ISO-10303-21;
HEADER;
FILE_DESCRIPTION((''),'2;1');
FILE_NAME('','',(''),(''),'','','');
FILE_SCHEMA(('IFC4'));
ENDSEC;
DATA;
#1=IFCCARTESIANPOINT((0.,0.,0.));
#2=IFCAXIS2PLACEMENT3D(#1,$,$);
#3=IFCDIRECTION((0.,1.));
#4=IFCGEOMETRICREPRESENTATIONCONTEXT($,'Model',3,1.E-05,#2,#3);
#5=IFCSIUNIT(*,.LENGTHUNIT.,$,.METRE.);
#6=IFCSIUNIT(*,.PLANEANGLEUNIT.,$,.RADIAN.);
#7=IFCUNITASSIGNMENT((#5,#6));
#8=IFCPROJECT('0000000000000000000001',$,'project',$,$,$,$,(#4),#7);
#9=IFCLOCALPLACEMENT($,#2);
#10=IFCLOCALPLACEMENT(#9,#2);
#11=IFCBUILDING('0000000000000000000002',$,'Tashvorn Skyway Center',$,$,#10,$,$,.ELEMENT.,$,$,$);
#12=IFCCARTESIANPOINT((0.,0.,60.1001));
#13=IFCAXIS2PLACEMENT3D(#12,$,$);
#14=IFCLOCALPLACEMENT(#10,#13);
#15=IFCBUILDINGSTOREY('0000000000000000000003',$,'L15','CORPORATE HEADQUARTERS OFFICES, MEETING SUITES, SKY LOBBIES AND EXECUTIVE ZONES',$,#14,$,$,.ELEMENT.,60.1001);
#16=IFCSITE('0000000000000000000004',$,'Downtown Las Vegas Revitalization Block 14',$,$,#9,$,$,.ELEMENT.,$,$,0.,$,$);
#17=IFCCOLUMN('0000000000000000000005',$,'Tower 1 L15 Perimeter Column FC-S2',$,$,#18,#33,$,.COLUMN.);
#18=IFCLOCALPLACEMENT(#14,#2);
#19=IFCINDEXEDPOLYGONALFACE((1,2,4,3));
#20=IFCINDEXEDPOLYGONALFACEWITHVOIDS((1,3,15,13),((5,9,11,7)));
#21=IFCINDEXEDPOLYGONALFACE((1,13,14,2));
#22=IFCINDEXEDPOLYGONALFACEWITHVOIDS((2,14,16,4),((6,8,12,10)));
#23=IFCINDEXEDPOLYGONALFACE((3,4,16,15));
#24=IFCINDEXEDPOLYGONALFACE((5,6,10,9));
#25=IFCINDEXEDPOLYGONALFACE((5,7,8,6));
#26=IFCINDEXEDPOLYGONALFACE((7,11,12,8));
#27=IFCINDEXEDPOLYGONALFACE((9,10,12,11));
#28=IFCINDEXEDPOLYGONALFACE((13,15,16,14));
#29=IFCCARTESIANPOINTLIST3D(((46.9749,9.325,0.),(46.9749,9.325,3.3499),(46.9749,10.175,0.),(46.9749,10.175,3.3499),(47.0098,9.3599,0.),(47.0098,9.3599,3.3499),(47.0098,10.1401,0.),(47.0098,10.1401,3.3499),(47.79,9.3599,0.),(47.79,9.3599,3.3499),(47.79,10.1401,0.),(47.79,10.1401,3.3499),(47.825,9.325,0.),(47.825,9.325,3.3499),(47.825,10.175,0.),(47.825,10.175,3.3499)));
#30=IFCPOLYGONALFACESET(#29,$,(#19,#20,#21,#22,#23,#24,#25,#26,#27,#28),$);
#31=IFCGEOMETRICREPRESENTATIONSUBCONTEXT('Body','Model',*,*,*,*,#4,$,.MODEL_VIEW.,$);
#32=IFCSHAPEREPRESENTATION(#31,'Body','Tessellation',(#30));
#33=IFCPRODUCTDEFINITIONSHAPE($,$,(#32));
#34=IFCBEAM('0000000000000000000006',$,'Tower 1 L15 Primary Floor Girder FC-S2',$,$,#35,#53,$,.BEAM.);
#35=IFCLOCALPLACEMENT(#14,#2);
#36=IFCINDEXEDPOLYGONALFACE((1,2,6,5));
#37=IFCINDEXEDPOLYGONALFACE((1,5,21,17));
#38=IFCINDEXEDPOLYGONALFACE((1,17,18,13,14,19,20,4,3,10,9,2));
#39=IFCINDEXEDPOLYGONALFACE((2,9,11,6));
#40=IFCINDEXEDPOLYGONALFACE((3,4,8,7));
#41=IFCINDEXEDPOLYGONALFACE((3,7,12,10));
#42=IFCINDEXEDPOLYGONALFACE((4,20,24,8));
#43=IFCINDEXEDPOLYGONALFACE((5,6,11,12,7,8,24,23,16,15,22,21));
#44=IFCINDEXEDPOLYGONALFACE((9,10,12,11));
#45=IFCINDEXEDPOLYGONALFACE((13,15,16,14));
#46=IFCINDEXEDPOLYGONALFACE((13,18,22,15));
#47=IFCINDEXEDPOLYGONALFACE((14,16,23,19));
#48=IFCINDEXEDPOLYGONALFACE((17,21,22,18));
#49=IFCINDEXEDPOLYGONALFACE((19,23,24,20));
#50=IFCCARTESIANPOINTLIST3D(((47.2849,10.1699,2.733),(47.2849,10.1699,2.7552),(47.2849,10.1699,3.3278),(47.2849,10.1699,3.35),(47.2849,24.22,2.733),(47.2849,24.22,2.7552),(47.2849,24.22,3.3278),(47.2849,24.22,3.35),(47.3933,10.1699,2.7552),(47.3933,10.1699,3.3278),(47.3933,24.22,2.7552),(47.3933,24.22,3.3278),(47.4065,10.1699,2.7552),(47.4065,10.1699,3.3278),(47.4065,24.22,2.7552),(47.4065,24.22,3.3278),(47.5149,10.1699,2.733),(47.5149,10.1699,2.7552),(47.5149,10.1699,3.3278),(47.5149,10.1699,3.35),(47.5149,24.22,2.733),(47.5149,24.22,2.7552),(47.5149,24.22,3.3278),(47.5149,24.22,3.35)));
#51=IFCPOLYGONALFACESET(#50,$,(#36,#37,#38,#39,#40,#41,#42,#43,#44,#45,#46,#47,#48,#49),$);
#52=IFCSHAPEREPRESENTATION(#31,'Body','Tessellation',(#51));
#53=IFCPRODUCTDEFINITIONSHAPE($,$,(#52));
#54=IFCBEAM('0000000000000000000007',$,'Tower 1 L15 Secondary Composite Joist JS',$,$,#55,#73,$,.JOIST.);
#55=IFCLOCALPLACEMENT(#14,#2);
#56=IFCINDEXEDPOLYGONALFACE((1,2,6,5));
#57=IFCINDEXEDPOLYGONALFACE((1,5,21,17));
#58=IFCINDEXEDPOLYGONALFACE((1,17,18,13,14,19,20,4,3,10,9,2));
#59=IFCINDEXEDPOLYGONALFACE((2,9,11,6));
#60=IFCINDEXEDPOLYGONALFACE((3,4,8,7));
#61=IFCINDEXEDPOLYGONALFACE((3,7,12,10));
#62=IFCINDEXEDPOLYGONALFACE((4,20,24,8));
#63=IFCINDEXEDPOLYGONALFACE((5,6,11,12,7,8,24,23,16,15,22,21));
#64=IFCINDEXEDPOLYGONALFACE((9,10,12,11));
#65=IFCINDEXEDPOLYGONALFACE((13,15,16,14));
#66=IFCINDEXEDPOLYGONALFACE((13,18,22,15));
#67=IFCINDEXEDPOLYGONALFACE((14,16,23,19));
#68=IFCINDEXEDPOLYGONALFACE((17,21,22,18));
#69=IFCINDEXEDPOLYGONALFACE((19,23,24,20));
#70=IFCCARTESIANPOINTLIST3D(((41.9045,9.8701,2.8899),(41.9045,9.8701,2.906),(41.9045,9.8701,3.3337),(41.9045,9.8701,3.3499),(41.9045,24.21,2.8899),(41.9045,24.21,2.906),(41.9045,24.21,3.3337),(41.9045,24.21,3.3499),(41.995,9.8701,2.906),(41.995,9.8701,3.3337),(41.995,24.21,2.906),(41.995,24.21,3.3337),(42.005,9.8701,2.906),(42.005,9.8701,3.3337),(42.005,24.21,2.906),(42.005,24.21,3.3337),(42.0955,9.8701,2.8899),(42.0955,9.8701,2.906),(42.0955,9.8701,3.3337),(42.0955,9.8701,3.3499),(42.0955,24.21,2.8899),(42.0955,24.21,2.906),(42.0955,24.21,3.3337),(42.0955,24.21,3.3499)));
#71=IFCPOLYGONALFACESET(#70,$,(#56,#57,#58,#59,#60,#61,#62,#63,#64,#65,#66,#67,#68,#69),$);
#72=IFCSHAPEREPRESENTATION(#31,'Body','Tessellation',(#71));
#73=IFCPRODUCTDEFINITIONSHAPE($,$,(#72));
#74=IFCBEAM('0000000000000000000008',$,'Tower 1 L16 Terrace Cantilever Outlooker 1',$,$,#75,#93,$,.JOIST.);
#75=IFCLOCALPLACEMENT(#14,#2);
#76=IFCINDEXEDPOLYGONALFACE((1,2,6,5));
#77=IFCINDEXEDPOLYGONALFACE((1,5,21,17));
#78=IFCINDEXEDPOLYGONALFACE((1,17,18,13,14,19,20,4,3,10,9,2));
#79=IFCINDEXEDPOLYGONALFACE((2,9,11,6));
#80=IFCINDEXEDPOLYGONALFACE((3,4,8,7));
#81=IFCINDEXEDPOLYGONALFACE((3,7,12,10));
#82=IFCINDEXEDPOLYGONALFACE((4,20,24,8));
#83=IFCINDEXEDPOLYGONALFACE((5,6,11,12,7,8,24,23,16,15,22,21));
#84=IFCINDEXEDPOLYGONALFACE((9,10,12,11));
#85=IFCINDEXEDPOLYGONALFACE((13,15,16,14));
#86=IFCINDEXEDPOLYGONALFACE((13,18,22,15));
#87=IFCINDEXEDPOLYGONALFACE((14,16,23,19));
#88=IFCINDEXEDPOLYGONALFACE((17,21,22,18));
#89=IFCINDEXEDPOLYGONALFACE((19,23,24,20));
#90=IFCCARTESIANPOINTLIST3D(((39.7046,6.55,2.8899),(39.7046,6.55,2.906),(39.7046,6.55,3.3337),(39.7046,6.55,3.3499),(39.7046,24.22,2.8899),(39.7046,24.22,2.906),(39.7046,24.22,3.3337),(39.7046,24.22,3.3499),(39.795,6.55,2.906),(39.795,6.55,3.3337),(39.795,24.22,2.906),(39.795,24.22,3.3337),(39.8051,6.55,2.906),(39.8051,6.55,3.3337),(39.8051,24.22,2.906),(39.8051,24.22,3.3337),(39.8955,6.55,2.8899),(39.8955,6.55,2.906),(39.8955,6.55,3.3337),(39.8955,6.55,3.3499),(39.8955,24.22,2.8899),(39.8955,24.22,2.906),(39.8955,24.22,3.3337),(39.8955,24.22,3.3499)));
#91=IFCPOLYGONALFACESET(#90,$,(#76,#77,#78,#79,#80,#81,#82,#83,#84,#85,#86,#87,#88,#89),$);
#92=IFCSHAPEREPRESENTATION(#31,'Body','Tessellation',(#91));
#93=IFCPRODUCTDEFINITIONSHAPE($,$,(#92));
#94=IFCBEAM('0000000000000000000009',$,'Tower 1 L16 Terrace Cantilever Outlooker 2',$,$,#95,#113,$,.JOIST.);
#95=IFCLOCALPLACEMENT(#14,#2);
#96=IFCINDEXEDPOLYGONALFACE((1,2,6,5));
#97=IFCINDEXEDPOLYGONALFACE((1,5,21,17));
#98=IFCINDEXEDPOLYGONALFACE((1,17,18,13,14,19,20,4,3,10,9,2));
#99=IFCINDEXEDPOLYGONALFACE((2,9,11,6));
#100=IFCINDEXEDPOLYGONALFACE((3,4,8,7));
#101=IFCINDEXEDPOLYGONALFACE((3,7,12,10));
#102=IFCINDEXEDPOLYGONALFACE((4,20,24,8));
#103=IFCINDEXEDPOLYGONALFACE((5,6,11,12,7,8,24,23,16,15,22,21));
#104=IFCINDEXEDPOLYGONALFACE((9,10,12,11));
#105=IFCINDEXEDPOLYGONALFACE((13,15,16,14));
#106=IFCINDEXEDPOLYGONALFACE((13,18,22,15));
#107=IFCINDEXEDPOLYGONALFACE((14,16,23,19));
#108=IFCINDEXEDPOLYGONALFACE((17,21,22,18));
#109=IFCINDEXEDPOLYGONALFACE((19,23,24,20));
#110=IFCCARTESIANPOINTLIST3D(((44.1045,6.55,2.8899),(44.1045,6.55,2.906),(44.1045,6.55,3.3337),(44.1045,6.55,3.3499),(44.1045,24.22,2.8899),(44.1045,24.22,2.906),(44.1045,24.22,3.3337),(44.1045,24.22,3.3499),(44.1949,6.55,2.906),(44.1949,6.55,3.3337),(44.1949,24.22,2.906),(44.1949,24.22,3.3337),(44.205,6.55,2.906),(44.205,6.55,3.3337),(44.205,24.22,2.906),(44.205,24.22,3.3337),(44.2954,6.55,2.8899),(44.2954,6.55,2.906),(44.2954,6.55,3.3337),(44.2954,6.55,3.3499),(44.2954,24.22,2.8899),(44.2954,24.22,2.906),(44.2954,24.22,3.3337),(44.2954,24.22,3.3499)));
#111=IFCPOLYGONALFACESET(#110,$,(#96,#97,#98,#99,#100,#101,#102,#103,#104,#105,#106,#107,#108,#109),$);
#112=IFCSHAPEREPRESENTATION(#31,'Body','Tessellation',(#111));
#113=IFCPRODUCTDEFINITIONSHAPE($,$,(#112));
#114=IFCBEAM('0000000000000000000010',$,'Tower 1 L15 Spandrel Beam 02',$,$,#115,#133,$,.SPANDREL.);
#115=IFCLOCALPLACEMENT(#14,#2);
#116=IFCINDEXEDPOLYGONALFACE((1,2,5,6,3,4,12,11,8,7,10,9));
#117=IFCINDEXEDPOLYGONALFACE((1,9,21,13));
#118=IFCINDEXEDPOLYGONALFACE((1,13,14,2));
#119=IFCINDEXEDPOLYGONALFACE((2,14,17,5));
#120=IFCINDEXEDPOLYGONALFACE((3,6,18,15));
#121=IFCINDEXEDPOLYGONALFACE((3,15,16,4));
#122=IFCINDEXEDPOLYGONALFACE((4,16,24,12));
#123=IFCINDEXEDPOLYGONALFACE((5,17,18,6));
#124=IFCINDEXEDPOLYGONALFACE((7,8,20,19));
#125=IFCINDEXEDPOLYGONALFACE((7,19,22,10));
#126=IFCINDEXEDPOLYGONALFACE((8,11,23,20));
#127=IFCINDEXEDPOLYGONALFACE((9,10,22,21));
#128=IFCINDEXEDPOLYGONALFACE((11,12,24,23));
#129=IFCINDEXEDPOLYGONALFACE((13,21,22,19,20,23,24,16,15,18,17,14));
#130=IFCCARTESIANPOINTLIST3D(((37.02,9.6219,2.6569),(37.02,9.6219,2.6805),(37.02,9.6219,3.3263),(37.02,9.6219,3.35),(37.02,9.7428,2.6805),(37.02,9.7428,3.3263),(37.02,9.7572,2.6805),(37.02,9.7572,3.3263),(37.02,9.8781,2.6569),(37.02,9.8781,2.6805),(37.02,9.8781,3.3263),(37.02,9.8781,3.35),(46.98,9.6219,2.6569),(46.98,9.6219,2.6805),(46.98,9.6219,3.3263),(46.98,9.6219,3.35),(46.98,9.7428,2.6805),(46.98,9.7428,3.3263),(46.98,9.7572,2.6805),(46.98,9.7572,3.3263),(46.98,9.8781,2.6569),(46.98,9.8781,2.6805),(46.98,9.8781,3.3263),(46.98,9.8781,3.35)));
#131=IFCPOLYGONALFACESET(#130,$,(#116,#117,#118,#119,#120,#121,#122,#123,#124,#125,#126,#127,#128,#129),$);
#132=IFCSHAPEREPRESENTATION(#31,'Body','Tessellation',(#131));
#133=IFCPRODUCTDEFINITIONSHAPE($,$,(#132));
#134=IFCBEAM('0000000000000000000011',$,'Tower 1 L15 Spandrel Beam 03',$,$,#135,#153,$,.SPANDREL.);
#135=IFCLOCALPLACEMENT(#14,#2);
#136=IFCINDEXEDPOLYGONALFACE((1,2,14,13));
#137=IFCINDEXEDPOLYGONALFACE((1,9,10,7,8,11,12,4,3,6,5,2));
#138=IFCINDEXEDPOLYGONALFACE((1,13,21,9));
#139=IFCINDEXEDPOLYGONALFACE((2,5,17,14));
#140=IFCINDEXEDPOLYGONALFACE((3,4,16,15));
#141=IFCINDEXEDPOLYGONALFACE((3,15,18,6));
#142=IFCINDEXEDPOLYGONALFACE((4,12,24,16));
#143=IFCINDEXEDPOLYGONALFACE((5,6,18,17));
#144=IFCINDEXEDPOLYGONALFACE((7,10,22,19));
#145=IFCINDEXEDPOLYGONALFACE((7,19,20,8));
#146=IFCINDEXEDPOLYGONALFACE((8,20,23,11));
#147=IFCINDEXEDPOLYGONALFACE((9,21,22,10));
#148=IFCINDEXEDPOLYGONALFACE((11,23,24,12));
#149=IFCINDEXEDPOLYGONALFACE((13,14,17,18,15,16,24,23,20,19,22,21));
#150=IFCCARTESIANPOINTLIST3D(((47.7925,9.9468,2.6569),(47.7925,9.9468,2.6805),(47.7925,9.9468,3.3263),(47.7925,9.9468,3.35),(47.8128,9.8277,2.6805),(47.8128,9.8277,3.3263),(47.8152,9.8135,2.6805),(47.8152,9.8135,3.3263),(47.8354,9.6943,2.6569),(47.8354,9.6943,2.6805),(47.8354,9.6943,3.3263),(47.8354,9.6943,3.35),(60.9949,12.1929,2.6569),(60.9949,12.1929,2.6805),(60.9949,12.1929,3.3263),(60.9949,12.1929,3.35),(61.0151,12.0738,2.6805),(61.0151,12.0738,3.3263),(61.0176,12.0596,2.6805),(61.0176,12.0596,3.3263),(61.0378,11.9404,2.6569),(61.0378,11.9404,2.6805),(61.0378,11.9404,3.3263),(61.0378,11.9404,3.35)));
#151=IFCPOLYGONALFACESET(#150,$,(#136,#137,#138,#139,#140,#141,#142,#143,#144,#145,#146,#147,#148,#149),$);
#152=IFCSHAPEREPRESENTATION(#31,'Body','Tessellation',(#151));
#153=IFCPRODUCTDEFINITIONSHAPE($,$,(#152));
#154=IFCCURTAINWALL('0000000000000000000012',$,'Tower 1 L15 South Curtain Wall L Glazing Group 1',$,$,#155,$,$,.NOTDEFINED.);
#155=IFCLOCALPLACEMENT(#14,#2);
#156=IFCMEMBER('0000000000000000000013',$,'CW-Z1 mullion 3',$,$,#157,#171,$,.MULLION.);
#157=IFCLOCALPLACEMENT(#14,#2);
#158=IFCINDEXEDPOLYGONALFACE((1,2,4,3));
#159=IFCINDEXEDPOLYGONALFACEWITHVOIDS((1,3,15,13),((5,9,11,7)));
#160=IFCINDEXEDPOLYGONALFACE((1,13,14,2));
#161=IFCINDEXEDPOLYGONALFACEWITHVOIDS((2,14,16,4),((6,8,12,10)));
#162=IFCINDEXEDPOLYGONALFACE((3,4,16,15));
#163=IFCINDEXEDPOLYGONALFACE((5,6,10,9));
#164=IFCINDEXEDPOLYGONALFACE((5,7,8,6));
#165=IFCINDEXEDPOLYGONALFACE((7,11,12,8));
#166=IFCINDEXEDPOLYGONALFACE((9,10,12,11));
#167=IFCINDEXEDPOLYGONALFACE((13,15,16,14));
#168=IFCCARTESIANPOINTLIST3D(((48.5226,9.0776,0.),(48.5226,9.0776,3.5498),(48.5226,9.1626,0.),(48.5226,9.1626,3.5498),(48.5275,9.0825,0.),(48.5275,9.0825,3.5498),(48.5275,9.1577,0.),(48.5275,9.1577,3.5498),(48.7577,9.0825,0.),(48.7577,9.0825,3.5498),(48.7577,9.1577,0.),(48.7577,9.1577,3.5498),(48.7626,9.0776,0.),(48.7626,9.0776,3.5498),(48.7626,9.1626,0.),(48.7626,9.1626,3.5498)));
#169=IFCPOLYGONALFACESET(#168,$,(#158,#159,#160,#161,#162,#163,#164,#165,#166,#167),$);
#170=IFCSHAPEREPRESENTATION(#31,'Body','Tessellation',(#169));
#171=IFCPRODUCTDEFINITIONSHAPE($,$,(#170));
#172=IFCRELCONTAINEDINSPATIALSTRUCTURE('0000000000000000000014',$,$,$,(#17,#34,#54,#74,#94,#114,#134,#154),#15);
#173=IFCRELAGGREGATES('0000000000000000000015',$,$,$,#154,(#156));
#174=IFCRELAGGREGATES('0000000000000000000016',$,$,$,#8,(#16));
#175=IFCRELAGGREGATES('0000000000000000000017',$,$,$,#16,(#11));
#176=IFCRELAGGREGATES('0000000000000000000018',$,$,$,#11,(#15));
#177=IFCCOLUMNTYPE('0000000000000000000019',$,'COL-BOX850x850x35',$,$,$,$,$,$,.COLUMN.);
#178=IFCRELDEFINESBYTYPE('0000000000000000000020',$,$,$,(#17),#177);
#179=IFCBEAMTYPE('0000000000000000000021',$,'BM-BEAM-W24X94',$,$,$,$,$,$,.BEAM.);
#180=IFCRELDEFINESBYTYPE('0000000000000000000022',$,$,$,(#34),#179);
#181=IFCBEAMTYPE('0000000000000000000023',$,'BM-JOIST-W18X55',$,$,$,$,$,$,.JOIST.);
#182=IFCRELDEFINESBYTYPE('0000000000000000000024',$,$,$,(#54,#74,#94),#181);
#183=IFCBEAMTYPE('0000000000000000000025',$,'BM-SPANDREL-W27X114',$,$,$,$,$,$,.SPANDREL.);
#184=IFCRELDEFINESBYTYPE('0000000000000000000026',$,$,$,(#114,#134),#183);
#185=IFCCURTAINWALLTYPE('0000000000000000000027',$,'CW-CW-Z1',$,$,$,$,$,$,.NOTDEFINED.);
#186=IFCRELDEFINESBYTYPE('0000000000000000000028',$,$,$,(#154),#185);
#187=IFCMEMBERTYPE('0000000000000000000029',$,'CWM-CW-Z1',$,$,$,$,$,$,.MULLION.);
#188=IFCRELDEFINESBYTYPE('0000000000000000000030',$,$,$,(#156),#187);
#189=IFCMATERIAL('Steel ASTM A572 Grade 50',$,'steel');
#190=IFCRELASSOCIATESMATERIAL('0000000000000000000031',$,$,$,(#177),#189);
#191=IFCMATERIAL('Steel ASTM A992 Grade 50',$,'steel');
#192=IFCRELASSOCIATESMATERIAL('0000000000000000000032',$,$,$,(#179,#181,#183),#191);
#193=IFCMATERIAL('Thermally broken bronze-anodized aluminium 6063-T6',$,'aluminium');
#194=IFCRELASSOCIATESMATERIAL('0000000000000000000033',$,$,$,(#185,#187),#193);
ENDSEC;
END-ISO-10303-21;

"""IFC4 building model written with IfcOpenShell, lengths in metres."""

from ifc_helpers import new_model, si_unit, direction, frame, origin, origin_2d, place, context, subcontext, project, spatial, hollow_rectangle, i_section, extrude, material, material_profile, profile_set, type_object, element, aggregate, save


model = new_model("IFC4")

# Units and contexts
model_context = context("Model", 3, precision=1e-05, world=origin(), true_north=direction((0.0, 1.0)))
body_context = subcontext(model_context, "Body", "Model", "MODEL_VIEW")
ifc_project = project(units=[si_unit("LENGTHUNIT", "METRE"), si_unit("PLANEANGLEUNIT", "RADIAN")], contexts=[model_context])

# Site, building, storey
site_placement = place(None, origin())
site = spatial("IfcSite", under=ifc_project, at=site_placement, Name="Downtown Las Vegas Revitalization Block 14", CompositionType="ELEMENT", RefElevation=0.0)
building_placement = place(site_placement, origin())
building = spatial("IfcBuilding", under=site, at=building_placement, Name="Tashvorn Skyway Center", CompositionType="ELEMENT")
storey_placement = place(building_placement, frame((0.0, 0.0, 60.1001)))
storey = spatial("IfcBuildingStorey", under=building, at=storey_placement, Name="L15", Description="CORPORATE HEADQUARTERS OFFICES, MEETING SUITES, SKY LOBBIES AND EXECUTIVE ZONES", CompositionType="ELEMENT", Elevation=60.1001)

# Column
ifc_material_1 = material(Name="Steel ASTM A572 Grade 50", Category="steel")
ifc_material_profile_1 = material_profile(ifc_material_1, hollow_rectangle(XDim=0.8501, YDim=0.8501, WallThickness=0.0349, at=origin_2d()), Name="BOX850x850x35")
ifc_profile_set_1 = profile_set([ifc_material_profile_1], Name="Steel ASTM A572 Grade 50")
column_type = type_object("IfcColumnType", Name="COL-BOX850x850x35", PredefinedType="COLUMN", material=ifc_profile_set_1)
column_placement = place(storey_placement, frame((47.3999, 9.75, 0.0), z_axis=(0.0, 0.0, 1.0), x_axis=(1.0, 0.0, 0.0)))
element("IfcColumn", 1, at=column_placement, inside=storey, type_object=column_type, Name="Tower 1 L15 Perimeter Column FC-S2", PredefinedType="COLUMN", context=body_context, shape_type="SweptSolid", body=[
    extrude(hollow_rectangle(XDim=0.8501, YDim=0.8501, WallThickness=0.0349, at=origin_2d()), origin(), (0.0, 0.0, 1.0), 3.3499),
])

# Beams
ifc_material_2 = material(Name="Steel ASTM A992 Grade 50", Category="steel")
ifc_material_profile_2 = material_profile(ifc_material_2, i_section(OverallWidth=0.23, OverallDepth=0.6169, WebThickness=0.0132, FlangeThickness=0.0222, at=origin_2d()), Name="W24X94")
ifc_profile_set_2 = profile_set([ifc_material_profile_2], Name="Steel ASTM A992 Grade 50")
beam_type_1 = type_object("IfcBeamType", Name="BM-BEAM-W24X94", PredefinedType="BEAM", material=ifc_profile_set_2)
beam_1_placement = place(storey_placement, frame((47.3999, 10.1699, 3.0415), z_axis=(0.0, 1.0, 0.0), x_axis=(-1.0, 0.0, 0.0)))
element("IfcBeam", 2, at=beam_1_placement, inside=storey, type_object=beam_type_1, Name="Tower 1 L15 Primary Floor Girder FC-S2", PredefinedType="BEAM", context=body_context, shape_type="SweptSolid", body=[
    extrude(i_section(OverallWidth=0.23, OverallDepth=0.6169, WebThickness=0.0132, FlangeThickness=0.0222, at=origin_2d()), origin(), (0.0, 0.0, 1.0), 14.05),
])
ifc_material_profile_3 = material_profile(ifc_material_2, i_section(OverallWidth=0.1909, OverallDepth=0.46, WebThickness=0.01, FlangeThickness=0.0161, at=origin_2d()), Name="W18X55")
ifc_profile_set_3 = profile_set([ifc_material_profile_3], Name="Steel ASTM A992 Grade 50")
beam_type_2 = type_object("IfcBeamType", Name="BM-JOIST-W18X55", PredefinedType="JOIST", material=ifc_profile_set_3)
beam_2_placement = place(storey_placement, frame((42.0, 24.21, 3.1199), z_axis=(0.0, -1.0, 0.0), x_axis=(1.0, 0.0, 0.0)))
element("IfcBeam", 3, at=beam_2_placement, inside=storey, type_object=beam_type_2, Name="Tower 1 L15 Secondary Composite Joist JS", PredefinedType="JOIST", context=body_context, shape_type="SweptSolid", body=[
    extrude(i_section(OverallWidth=0.1909, OverallDepth=0.46, WebThickness=0.01, FlangeThickness=0.0161, at=origin_2d()), origin(), (0.0, 0.0, 1.0), 14.3398),
])
for number, where, z_axis, x_axis, name in (
    (4, (39.8, 24.22, 3.1199), (0.0, -1.0, 0.0), (1.0, 0.0, 0.0), "Tower 1 L16 Terrace Cantilever Outlooker 1"),
    (5, (44.2, 24.22, 3.1199), (0.0, -1.0, 0.0), (1.0, 0.0, 0.0), "Tower 1 L16 Terrace Cantilever Outlooker 2"),
):
    element("IfcBeam", number, at=place(storey_placement, frame(where, z_axis=z_axis, x_axis=x_axis)), inside=storey, type_object=beam_type_2, Name=name, PredefinedType="JOIST", context=body_context, shape_type="SweptSolid", body=[
        extrude(i_section(OverallWidth=0.1909, OverallDepth=0.46, WebThickness=0.01, FlangeThickness=0.0161, at=origin_2d()), origin(), (0.0, 0.0, 1.0), 17.6699),
    ])
ifc_material_profile_4 = material_profile(ifc_material_2, i_section(OverallWidth=0.2561, OverallDepth=0.6931, WebThickness=0.0144, FlangeThickness=0.0237, at=origin_2d()), Name="W27X114")
ifc_profile_set_4 = profile_set([ifc_material_profile_4], Name="Steel ASTM A992 Grade 50")
beam_type_3 = type_object("IfcBeamType", Name="BM-SPANDREL-W27X114", PredefinedType="SPANDREL", material=ifc_profile_set_4)
beam_3_placement = place(storey_placement, frame((37.02, 9.75, 3.0034), z_axis=(1.0, 0.0, 0.0), x_axis=(0.0, 1.0, 0.0)))
element("IfcBeam", 6, at=beam_3_placement, inside=storey, type_object=beam_type_3, Name="Tower 1 L15 Spandrel Beam 02", PredefinedType="SPANDREL", context=body_context, shape_type="SweptSolid", body=[
    extrude(i_section(OverallWidth=0.2561, OverallDepth=0.6931, WebThickness=0.0144, FlangeThickness=0.0237, at=origin_2d()), origin(), (0.0, 0.0, 1.0), 9.96),
])
beam_4_placement = place(storey_placement, frame((47.814, 9.8206, 3.0034), z_axis=(0.985835, 0.167718, 0.0), x_axis=(-0.167718, 0.985835, 0.0)))
element("IfcBeam", 7, at=beam_4_placement, inside=storey, type_object=beam_type_3, Name="Tower 1 L15 Spandrel Beam 03", PredefinedType="SPANDREL", context=body_context, shape_type="SweptSolid", body=[
    extrude(i_section(OverallWidth=0.2561, OverallDepth=0.6931, WebThickness=0.0144, FlangeThickness=0.0237, at=origin_2d()), origin(), (0.0, 0.0, 1.0), 13.3921),
])

# Curtain wall, member
ifc_material_3 = material(Name="Thermally broken bronze-anodized aluminium 6063-T6", Category="aluminium")
curtain_wall_type = type_object("IfcCurtainWallType", Name="CW-CW-Z1", PredefinedType="NOTDEFINED", material=ifc_material_3)
curtain_wall_placement = place(storey_placement, origin())
curtain_wall = element("IfcCurtainWall", 8, at=curtain_wall_placement, inside=storey, type_object=curtain_wall_type, Name="Tower 1 L15 South Curtain Wall L Glazing Group 1", PredefinedType="NOTDEFINED")
ifc_material_profile_5 = material_profile(ifc_material_3, hollow_rectangle(XDim=0.085, YDim=0.24, WallThickness=0.0049, at=origin_2d()), Name="ALU-MULL-85x240")
ifc_profile_set_5 = profile_set([ifc_material_profile_5], Name="Thermally broken bronze-anodized aluminium 6063-T6")
member_type = type_object("IfcMemberType", Name="CWM-CW-Z1", PredefinedType="MULLION", material=ifc_profile_set_5)
member_placement = place(storey_placement, frame((48.6426, 9.1201, 0.0), z_axis=(0.0, 0.0, 1.0), x_axis=(0.0, -1.0, 0.0)))
member = element("IfcMember", 9, at=member_placement, type_object=member_type, Name="CW-Z1 mullion 3", PredefinedType="MULLION", context=body_context, shape_type="SweptSolid", body=[
    extrude(hollow_rectangle(XDim=0.085, YDim=0.24, WallThickness=0.0049, at=origin_2d()), origin(), (0.0, 0.0, 1.0), 3.5498),
])
aggregate(curtain_wall, [member])

save(model, "model.ifc")
